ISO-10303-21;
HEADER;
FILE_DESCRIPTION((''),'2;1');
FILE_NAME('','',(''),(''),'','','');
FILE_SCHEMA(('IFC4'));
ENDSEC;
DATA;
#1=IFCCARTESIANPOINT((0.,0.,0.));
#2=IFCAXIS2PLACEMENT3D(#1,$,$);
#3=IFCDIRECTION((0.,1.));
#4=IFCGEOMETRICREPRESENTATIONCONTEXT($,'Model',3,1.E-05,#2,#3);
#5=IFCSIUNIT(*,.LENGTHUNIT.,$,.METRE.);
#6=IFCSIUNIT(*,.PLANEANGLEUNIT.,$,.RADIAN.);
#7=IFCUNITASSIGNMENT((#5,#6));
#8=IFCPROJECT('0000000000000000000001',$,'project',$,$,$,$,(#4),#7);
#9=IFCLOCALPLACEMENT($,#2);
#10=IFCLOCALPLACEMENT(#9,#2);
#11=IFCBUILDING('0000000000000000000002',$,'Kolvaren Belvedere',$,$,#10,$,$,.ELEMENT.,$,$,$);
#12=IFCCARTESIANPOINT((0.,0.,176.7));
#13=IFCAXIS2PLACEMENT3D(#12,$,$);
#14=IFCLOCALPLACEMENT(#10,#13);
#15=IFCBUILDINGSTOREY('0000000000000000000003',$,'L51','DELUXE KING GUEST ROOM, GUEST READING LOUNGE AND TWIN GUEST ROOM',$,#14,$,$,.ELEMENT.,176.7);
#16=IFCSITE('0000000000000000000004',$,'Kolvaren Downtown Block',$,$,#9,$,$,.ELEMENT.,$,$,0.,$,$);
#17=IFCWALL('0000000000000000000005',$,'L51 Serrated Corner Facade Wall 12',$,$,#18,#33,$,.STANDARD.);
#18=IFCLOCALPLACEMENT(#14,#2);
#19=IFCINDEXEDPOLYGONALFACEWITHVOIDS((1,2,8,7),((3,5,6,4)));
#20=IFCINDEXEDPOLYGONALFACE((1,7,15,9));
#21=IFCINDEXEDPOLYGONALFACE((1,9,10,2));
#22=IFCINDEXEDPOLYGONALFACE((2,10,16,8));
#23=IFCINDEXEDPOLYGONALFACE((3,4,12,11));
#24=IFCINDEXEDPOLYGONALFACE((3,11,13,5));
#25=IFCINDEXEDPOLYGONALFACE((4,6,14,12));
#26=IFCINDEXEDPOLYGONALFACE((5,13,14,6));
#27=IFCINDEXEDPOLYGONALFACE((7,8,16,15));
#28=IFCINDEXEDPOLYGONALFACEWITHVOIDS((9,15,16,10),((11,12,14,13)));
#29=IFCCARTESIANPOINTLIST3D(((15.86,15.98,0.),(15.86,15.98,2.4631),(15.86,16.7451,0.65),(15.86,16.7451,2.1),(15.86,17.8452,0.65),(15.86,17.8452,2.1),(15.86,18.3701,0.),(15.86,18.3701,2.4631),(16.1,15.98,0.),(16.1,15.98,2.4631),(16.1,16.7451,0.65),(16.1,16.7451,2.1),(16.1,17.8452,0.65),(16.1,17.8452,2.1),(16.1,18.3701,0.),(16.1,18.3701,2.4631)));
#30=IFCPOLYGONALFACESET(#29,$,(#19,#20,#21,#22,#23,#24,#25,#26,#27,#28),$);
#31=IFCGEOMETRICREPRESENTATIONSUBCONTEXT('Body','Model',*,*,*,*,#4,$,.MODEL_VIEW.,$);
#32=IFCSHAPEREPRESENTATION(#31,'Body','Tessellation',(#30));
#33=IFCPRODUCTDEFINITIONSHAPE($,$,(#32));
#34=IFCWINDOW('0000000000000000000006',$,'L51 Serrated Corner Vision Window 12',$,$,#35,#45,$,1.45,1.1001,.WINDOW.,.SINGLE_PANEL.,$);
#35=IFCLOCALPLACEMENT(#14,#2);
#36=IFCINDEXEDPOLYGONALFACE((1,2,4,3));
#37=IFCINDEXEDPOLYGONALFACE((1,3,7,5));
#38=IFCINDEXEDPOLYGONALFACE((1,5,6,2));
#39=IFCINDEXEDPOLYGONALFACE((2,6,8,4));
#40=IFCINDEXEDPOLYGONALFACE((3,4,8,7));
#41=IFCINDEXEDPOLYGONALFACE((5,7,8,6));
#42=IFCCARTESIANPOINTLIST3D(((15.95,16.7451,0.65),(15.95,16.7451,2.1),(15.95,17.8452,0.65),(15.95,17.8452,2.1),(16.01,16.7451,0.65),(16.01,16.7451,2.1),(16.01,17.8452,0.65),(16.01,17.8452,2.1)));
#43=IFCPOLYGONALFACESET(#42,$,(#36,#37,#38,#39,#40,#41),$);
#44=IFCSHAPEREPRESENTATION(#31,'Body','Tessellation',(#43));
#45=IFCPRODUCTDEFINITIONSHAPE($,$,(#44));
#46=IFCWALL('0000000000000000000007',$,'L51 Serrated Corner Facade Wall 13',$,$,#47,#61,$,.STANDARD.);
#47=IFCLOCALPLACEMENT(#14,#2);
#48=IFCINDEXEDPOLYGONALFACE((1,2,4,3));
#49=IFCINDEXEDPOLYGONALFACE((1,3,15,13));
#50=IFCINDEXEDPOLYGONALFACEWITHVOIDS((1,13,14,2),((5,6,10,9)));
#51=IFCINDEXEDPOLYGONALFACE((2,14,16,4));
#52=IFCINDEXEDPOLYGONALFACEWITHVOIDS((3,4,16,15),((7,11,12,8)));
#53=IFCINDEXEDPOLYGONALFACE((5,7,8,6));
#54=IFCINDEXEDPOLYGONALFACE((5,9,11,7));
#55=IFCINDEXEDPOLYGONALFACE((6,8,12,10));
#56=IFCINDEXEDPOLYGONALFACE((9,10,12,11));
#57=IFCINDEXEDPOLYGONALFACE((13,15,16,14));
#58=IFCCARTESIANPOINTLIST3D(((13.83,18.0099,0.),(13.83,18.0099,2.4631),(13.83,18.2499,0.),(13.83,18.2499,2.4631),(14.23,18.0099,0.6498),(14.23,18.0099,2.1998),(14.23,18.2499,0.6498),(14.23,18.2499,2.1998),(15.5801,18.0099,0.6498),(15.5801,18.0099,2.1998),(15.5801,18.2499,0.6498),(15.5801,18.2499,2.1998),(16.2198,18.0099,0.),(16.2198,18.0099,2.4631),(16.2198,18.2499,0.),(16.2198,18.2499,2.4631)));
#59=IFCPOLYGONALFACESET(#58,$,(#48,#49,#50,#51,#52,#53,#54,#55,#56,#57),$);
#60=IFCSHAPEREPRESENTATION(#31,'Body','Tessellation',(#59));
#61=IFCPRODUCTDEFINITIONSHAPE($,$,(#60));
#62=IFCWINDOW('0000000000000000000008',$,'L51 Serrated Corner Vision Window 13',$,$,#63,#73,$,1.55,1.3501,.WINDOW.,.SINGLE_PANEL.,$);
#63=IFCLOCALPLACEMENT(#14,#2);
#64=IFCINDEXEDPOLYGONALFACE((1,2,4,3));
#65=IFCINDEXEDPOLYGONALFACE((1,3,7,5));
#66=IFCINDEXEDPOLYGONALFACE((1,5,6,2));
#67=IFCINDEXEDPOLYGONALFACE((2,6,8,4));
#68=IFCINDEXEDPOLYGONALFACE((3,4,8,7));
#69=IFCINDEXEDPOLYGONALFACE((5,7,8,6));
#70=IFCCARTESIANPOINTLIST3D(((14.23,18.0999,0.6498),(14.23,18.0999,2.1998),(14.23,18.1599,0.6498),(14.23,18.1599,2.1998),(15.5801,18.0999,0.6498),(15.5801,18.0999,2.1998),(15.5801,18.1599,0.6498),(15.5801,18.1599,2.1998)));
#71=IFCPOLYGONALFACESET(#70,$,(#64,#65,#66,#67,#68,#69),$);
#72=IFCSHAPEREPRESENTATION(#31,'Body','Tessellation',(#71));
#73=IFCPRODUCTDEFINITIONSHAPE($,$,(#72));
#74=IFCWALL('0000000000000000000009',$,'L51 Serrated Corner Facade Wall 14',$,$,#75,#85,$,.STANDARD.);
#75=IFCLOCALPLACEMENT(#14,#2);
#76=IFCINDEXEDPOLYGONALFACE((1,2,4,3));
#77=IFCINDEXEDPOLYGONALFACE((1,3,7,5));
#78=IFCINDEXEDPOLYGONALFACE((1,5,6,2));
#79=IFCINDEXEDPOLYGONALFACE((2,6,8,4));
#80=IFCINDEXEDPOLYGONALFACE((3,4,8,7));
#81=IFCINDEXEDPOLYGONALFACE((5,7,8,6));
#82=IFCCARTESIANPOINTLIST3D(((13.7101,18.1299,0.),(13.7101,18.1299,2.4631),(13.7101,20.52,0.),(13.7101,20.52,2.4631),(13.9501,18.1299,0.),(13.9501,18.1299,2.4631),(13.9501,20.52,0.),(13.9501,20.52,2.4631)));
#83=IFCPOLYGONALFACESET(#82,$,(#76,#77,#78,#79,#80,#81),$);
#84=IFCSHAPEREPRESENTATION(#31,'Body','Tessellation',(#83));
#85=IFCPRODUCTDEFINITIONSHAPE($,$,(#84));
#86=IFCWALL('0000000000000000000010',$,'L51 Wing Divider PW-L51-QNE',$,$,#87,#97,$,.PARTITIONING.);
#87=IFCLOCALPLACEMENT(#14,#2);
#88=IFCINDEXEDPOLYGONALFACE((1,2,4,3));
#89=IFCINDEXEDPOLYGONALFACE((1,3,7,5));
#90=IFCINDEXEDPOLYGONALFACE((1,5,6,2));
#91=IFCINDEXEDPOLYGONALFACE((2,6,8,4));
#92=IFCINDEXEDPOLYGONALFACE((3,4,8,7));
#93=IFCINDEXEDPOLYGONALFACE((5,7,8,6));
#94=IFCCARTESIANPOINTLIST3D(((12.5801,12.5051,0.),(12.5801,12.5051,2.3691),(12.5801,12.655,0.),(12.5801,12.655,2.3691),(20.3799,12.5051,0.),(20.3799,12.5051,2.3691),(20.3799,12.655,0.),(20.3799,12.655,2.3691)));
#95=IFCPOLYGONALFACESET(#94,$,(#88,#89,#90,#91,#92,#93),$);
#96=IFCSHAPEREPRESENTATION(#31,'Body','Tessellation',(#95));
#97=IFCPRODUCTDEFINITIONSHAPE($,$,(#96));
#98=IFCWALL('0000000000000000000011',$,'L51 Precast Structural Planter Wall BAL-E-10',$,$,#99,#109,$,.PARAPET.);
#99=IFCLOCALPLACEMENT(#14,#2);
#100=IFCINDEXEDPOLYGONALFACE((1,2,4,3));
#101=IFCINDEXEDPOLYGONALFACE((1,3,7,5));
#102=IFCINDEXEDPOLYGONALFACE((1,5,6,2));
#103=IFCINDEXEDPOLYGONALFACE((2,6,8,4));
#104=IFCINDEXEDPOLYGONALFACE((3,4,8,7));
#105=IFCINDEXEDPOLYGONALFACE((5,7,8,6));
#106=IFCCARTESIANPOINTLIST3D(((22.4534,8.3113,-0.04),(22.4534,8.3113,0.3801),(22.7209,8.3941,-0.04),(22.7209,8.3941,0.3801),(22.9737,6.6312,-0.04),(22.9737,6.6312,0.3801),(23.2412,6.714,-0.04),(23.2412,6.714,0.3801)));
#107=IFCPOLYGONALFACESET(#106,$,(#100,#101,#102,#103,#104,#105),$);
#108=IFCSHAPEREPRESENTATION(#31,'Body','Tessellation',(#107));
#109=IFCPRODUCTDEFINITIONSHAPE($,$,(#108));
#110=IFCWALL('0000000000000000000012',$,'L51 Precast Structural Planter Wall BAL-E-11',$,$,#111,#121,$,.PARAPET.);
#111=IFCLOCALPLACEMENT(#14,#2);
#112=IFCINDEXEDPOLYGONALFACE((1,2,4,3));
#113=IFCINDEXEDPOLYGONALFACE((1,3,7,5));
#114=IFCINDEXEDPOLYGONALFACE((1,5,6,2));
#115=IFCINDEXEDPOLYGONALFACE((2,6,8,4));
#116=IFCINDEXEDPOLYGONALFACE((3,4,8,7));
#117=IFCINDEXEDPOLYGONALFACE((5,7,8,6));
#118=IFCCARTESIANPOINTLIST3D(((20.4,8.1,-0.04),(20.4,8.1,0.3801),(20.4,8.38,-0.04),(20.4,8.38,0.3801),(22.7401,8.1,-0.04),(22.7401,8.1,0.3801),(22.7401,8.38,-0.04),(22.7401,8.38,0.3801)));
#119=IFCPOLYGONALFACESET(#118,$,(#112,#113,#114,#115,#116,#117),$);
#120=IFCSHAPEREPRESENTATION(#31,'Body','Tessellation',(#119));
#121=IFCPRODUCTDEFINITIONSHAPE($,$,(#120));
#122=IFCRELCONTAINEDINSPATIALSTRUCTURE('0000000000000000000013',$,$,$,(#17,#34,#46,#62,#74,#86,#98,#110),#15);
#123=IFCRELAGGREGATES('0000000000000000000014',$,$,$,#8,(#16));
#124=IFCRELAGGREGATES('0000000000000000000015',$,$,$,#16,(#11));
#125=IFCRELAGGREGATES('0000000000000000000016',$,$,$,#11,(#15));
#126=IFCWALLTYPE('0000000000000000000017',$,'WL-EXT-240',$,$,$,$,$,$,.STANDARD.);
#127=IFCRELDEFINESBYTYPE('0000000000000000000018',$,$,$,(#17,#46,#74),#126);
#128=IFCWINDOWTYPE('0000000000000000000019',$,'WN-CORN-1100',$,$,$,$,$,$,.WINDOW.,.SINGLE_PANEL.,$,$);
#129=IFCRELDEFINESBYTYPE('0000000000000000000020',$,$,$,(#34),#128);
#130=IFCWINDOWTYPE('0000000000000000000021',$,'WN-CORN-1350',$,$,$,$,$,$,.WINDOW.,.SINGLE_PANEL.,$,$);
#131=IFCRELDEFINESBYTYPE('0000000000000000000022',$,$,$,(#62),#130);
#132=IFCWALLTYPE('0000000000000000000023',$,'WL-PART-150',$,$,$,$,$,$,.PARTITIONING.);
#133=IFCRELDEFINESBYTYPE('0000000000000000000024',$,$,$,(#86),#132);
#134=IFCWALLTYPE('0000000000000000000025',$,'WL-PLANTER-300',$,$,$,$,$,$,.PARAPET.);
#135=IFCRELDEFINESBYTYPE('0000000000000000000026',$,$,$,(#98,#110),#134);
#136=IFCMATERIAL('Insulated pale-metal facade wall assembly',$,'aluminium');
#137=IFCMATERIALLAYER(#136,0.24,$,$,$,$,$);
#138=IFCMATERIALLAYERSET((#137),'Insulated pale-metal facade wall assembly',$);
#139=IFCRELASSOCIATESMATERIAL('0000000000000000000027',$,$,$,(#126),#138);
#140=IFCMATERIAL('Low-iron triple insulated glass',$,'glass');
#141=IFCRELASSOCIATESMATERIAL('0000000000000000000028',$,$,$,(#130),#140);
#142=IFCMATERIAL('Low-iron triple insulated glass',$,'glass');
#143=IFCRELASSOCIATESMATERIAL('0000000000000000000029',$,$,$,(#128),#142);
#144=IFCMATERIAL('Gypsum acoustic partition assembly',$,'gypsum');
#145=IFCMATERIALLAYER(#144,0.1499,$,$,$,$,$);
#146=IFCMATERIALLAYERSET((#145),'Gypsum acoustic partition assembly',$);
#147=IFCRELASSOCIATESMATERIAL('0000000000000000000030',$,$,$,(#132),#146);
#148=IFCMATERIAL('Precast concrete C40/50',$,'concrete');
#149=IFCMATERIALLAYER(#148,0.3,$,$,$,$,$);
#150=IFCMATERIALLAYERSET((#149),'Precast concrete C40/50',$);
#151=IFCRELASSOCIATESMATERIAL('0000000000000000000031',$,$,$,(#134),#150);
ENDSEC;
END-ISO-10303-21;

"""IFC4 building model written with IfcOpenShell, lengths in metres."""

from ifc_helpers import new_model, si_unit, direction, frame, frame_2d, origin, place, context, subcontext, project, spatial, rectangle, extrude, material, layer, layer_set, type_object, element, fill, save


model = new_model("IFC4")

# Units and contexts
model_context = context("Model", 3, precision=1e-05, world=origin(), true_north=direction((0.0, 1.0)))
body_context = subcontext(model_context, "Body", "Model", "MODEL_VIEW")
ifc_project = project(units=[si_unit("LENGTHUNIT", "METRE"), si_unit("PLANEANGLEUNIT", "RADIAN")], contexts=[model_context])

# Site, building, storey
site_placement = place(None, origin())
site = spatial("IfcSite", under=ifc_project, at=site_placement, Name="Kolvaren Downtown Block", CompositionType="ELEMENT", RefElevation=0.0)
building_placement = place(site_placement, origin())
building = spatial("IfcBuilding", under=site, at=building_placement, Name="Kolvaren Belvedere", CompositionType="ELEMENT")
storey_placement = place(building_placement, frame((0.0, 0.0, 176.7)))
storey = spatial("IfcBuildingStorey", under=building, at=storey_placement, Name="L51", Description="DELUXE KING GUEST ROOM, GUEST READING LOUNGE AND TWIN GUEST ROOM", CompositionType="ELEMENT", Elevation=176.7)

# Shared definitions
ifc_material_1 = material(Name="Insulated pale-metal facade wall assembly", Category="aluminium")
ifc_layer_1 = layer(ifc_material_1, 0.24)
ifc_layer_set_1 = layer_set([ifc_layer_1], Name="Insulated pale-metal facade wall assembly")
wall_type_1 = type_object("IfcWallType", Name="WL-EXT-240", PredefinedType="STANDARD", material=ifc_layer_set_1)

# Walls, openings, windows
ifc_material_2 = material(Name="Low-iron triple insulated glass", Category="glass")
window_type_1 = type_object("IfcWindowType", Name="WN-CORN-1350", PartitioningType="SINGLE_PANEL", PredefinedType="WINDOW", material=ifc_material_2)
ifc_material_3 = material(Name="Low-iron triple insulated glass", Category="glass")
window_type_2 = type_object("IfcWindowType", Name="WN-CORN-1100", PartitioningType="SINGLE_PANEL", PredefinedType="WINDOW", material=ifc_material_3)
wall_1_placement = place(storey_placement, frame((15.98, 18.3701, 0.0), z_axis=(0.0, 0.0, 1.0), x_axis=(0.0, -1.0, 0.0)))
wall_1 = element("IfcWall", 1, at=wall_1_placement, inside=storey, type_object=wall_type_1, Name="L51 Serrated Corner Facade Wall 12", PredefinedType="STANDARD", context=body_context, shape_type="SweptSolid", body=[
    extrude(rectangle(XDim=2.3901, YDim=0.24, at=frame_2d((1.1951, 0.0))), origin(), (0.0, 0.0, 1.0), 2.4631),
])
opening_1_placement = place(wall_1_placement, frame((0.5249, 0.0, 0.6499)))
opening_1 = element("IfcOpeningElement", 2, at=opening_1_placement, cuts=wall_1, PredefinedType="OPENING", context=body_context, shape_type="SweptSolid", body=[
    extrude(rectangle(XDim=1.1001, YDim=1.45, at=frame_2d((0.55, 0.7251))), frame((0.0, 0.1299, 0.0), z_axis=(0.0, -1.0, 0.0), x_axis=(1.0, 0.0, 0.0)), (0.0, 0.0, 1.0), 0.26),
])
window_1_placement = place(opening_1_placement, origin())
window_1 = element("IfcWindow", 3, at=window_1_placement, inside=storey, type_object=window_type_2, Name="L51 Serrated Corner Vision Window 12", OverallHeight=1.45, OverallWidth=1.1001, PartitioningType="SINGLE_PANEL", PredefinedType="WINDOW", context=body_context, shape_type="SweptSolid", body=[
    extrude(rectangle(XDim=1.1001, YDim=1.45, at=frame_2d((0.55, 0.7251))), frame((0.0, 0.03, 0.0), z_axis=(0.0, -1.0, 0.0), x_axis=(1.0, 0.0, 0.0)), (0.0, 0.0, 1.0), 0.0601),
])
fill(opening_1, window_1)
wall_2_placement = place(storey_placement, frame((13.8301, 18.1299, 0.0), z_axis=(0.0, 0.0, 1.0), x_axis=(1.0, 0.0, 0.0)))
wall_2 = element("IfcWall", 4, at=wall_2_placement, inside=storey, type_object=wall_type_1, Name="L51 Serrated Corner Facade Wall 13", PredefinedType="STANDARD", context=body_context, shape_type="SweptSolid", body=[
    extrude(rectangle(XDim=2.3899, YDim=0.24, at=frame_2d((1.1948, 0.0))), origin(), (0.0, 0.0, 1.0), 2.4631),
])
opening_2_placement = place(wall_2_placement, frame((0.3999, 0.0, 0.6499)))
opening_2 = element("IfcOpeningElement", 5, at=opening_2_placement, cuts=wall_2, PredefinedType="OPENING", context=body_context, shape_type="SweptSolid", body=[
    extrude(rectangle(XDim=1.3501, YDim=1.55, at=frame_2d((0.675, 0.7749))), frame((0.0, 0.1299, 0.0), z_axis=(0.0, -1.0, 0.0), x_axis=(1.0, 0.0, 0.0)), (0.0, 0.0, 1.0), 0.26),
])
window_2_placement = place(opening_2_placement, origin())
window_2 = element("IfcWindow", 6, at=window_2_placement, inside=storey, type_object=window_type_1, Name="L51 Serrated Corner Vision Window 13", OverallHeight=1.55, OverallWidth=1.3501, PartitioningType="SINGLE_PANEL", PredefinedType="WINDOW", context=body_context, shape_type="SweptSolid", body=[
    extrude(rectangle(XDim=1.3501, YDim=1.55, at=frame_2d((0.675, 0.7749))), frame((0.0, 0.03, 0.0), z_axis=(0.0, -1.0, 0.0), x_axis=(1.0, 0.0, 0.0)), (0.0, 0.0, 1.0), 0.0601),
])
fill(opening_2, window_2)

# Walls
wall_3_placement = place(storey_placement, frame((13.8301, 20.52, 0.0), z_axis=(0.0, 0.0, 1.0), x_axis=(0.0, -1.0, 0.0)))
element("IfcWall", 7, at=wall_3_placement, inside=storey, type_object=wall_type_1, Name="L51 Serrated Corner Facade Wall 14", PredefinedType="STANDARD", context=body_context, shape_type="SweptSolid", body=[
    extrude(rectangle(XDim=2.3901, YDim=0.24, at=frame_2d((1.1951, 0.0))), origin(), (0.0, 0.0, 1.0), 2.4631),
])
ifc_material_4 = material(Name="Gypsum acoustic partition assembly", Category="gypsum")
ifc_layer_2 = layer(ifc_material_4, 0.1499)
ifc_layer_set_2 = layer_set([ifc_layer_2], Name="Gypsum acoustic partition assembly")
wall_type_2 = type_object("IfcWallType", Name="WL-PART-150", PredefinedType="PARTITIONING", material=ifc_layer_set_2)
wall_4_placement = place(storey_placement, frame((12.5801, 12.5801, 0.0), z_axis=(0.0, 0.0, 1.0), x_axis=(1.0, 0.0, 0.0)))
element("IfcWall", 8, at=wall_4_placement, inside=storey, type_object=wall_type_2, Name="L51 Wing Divider PW-L51-QNE", PredefinedType="PARTITIONING", context=body_context, shape_type="SweptSolid", body=[
    extrude(rectangle(XDim=7.7998, YDim=0.1499, at=frame_2d((3.8999, 0.0))), origin(), (0.0, 0.0, 1.0), 2.3691),
])
ifc_material_5 = material(Name="Precast concrete C40/50", Category="concrete")
ifc_layer_3 = layer(ifc_material_5, 0.3)
ifc_layer_set_3 = layer_set([ifc_layer_3], Name="Precast concrete C40/50")
wall_type_3 = type_object("IfcWallType", Name="WL-PLANTER-300", PredefinedType="PARAPET", material=ifc_layer_set_3)
wall_5_placement = place(storey_placement, frame((23.1074, 6.6726, -0.04), z_axis=(0.0, 0.0, 1.0), x_axis=(-0.295792, 0.955252, 0.0)))
element("IfcWall", 9, at=wall_5_placement, inside=storey, type_object=wall_type_3, Name="L51 Precast Structural Planter Wall BAL-E-10", PredefinedType="PARAPET", context=body_context, shape_type="SweptSolid", body=[
    extrude(rectangle(XDim=1.7588, YDim=0.28, at=frame_2d((0.8794, 0.0))), origin(), (0.0, 0.0, 1.0), 0.4202),
])
wall_6_placement = place(storey_placement, frame((22.74, 8.24, -0.04), z_axis=(0.0, 0.0, 1.0), x_axis=(-1.0, 0.0, 0.0)))
element("IfcWall", 10, at=wall_6_placement, inside=storey, type_object=wall_type_3, Name="L51 Precast Structural Planter Wall BAL-E-11", PredefinedType="PARAPET", context=body_context, shape_type="SweptSolid", body=[
    extrude(rectangle(XDim=2.3401, YDim=0.28, at=frame_2d((1.1699, 0.0))), origin(), (0.0, 0.0, 1.0), 0.4202),
])

save(model, "model.ifc")
